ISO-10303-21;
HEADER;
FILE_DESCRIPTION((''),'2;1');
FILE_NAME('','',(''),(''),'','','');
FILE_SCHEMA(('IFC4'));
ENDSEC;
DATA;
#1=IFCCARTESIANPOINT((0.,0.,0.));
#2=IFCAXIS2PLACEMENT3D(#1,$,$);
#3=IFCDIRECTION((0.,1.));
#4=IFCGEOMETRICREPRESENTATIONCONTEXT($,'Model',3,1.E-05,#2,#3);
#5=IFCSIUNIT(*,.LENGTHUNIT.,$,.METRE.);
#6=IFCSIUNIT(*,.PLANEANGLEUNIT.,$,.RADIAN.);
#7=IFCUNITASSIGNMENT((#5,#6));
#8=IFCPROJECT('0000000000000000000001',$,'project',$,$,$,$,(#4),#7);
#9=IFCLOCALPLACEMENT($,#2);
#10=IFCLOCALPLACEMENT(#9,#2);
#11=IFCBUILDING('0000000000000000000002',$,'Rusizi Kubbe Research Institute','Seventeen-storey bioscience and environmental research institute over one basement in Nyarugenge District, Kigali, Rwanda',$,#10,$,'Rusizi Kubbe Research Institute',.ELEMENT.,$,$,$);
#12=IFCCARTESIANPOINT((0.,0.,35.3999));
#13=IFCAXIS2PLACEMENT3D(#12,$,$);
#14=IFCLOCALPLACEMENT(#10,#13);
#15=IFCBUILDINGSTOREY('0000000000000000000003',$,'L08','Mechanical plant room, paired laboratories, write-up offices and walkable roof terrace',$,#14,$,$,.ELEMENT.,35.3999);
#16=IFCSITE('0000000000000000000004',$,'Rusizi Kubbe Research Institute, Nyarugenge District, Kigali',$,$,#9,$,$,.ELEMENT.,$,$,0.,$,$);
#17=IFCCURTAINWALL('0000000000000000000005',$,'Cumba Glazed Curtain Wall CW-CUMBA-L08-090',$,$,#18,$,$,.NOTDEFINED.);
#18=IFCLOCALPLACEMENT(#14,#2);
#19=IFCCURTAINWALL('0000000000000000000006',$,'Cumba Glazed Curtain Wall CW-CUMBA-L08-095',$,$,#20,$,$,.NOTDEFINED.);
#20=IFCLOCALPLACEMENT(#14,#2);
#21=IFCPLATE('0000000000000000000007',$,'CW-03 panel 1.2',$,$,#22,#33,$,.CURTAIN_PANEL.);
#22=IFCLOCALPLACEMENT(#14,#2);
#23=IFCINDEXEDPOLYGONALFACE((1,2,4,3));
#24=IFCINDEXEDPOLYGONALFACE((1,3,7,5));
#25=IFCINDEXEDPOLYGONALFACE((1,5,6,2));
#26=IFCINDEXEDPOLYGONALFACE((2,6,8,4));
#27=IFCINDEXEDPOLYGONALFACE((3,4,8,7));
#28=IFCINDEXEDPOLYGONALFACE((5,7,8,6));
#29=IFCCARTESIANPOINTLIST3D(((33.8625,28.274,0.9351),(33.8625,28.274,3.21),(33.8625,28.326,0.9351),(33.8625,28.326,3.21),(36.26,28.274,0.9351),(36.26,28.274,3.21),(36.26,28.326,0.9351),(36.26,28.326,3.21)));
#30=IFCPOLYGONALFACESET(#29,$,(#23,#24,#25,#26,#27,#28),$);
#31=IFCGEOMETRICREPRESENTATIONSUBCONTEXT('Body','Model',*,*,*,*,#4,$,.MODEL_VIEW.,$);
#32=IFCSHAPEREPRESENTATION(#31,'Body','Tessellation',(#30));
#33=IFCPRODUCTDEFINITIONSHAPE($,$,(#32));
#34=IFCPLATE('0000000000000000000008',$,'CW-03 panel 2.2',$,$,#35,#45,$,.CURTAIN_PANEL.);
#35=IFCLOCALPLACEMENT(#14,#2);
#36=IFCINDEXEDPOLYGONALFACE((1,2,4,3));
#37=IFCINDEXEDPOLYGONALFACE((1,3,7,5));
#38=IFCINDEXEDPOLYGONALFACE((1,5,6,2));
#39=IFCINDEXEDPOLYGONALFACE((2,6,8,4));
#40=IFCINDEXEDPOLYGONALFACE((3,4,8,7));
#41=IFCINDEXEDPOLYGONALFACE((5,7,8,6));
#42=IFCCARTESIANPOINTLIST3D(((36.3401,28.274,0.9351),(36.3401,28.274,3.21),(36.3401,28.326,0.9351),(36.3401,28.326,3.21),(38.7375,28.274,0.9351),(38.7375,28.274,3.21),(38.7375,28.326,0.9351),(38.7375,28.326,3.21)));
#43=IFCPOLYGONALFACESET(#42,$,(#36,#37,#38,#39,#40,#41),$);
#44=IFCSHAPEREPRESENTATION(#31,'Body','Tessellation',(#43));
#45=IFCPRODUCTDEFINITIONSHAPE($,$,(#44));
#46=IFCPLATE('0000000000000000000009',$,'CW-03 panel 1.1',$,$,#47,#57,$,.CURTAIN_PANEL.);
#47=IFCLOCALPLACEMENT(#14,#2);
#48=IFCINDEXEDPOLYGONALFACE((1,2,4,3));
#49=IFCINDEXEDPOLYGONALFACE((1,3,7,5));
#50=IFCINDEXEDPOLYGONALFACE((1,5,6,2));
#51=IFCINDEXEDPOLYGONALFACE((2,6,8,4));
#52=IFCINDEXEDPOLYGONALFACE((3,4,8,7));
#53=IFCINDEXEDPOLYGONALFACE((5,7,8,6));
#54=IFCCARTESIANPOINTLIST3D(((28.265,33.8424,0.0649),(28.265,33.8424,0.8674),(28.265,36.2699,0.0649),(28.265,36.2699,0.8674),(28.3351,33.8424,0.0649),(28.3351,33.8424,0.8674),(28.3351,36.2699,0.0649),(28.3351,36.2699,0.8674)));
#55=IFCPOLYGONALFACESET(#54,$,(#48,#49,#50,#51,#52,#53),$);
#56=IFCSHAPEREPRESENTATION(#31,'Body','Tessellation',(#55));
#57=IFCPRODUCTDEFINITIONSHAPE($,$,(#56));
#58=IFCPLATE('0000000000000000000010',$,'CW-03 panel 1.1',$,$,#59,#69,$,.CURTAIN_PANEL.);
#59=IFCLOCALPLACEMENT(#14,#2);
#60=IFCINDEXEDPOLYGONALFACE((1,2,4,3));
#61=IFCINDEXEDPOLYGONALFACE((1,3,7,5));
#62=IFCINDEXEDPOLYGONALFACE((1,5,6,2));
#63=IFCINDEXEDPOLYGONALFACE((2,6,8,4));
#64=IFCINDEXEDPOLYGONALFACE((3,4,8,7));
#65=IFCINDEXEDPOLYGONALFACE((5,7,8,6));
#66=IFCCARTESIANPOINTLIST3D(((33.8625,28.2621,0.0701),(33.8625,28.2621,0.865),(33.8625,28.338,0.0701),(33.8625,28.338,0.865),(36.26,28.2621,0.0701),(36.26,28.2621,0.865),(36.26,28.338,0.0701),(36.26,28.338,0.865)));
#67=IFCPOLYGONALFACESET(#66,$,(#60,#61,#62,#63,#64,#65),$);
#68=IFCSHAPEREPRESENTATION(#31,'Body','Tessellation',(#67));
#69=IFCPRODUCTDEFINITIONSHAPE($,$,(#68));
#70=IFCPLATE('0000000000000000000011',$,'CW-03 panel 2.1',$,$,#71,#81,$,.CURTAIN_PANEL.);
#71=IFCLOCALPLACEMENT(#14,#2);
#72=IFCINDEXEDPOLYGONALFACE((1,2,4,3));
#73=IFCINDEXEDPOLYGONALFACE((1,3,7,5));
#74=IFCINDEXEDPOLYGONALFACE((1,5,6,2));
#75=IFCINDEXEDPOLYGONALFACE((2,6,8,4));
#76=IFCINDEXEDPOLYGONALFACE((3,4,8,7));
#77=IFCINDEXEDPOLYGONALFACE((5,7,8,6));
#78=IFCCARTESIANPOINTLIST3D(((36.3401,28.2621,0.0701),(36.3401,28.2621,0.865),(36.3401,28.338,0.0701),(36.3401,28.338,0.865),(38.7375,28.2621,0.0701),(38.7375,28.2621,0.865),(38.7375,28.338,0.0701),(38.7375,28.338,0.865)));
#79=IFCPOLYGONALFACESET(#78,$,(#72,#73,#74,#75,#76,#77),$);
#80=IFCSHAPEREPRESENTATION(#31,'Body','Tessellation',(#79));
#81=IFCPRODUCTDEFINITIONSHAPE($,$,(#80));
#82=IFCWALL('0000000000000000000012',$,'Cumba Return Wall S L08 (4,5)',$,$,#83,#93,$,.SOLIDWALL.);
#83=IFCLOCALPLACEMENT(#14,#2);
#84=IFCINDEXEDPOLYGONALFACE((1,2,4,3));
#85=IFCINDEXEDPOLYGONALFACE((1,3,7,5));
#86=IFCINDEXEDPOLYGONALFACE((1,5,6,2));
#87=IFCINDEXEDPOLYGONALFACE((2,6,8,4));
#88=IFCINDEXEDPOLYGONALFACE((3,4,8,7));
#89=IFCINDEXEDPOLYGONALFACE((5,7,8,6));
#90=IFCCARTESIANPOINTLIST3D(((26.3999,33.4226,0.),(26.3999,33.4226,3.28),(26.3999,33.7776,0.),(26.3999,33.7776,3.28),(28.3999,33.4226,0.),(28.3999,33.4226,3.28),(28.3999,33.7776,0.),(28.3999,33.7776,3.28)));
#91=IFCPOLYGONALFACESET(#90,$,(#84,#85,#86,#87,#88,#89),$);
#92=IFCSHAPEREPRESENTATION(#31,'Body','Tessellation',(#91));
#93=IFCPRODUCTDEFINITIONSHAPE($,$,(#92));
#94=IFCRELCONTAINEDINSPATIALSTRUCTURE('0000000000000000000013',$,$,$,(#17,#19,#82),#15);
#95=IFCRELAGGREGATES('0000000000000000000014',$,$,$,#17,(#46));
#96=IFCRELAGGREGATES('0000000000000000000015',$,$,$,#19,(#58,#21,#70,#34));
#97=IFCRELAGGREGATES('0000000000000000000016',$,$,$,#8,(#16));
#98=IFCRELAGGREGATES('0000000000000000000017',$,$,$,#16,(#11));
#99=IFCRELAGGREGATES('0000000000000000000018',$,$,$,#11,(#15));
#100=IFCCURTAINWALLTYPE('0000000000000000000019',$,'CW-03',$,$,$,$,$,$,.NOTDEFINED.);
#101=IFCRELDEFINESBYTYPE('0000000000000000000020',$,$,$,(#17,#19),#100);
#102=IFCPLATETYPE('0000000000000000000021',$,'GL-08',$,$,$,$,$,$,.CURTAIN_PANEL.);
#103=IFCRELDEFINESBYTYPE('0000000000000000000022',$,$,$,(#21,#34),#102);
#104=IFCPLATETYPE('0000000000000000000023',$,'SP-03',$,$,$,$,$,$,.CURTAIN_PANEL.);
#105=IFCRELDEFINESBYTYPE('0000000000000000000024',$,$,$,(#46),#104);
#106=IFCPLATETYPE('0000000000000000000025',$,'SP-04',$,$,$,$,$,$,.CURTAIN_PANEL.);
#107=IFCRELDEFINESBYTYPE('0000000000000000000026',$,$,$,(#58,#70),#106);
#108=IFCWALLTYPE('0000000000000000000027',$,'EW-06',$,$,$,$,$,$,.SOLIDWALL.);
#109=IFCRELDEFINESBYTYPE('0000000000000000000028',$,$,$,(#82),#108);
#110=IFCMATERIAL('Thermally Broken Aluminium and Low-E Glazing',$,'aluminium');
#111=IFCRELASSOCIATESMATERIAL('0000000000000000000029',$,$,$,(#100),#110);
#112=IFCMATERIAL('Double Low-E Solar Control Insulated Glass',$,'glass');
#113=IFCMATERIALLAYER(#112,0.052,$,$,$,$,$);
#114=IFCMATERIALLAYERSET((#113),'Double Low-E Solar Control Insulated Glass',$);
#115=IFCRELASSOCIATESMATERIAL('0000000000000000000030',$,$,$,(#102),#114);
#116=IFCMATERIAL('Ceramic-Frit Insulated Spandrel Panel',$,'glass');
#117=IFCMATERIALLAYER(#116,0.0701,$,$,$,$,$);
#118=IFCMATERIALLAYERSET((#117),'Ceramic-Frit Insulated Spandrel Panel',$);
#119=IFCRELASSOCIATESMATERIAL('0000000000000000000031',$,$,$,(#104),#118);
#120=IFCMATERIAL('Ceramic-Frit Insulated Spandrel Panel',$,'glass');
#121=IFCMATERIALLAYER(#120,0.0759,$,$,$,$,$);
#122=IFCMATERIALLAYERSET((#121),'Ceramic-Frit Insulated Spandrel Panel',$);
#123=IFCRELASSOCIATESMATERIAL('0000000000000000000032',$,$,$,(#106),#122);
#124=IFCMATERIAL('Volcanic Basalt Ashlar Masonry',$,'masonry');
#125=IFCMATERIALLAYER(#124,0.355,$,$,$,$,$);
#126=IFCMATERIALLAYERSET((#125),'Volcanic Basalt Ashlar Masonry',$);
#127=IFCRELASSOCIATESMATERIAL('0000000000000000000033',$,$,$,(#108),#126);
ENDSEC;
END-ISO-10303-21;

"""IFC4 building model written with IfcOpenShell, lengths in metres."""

from ifc_helpers import new_model, si_unit, direction, frame, frame_2d, origin, origin_2d, place, context, subcontext, project, spatial, rectangle, extrude, material, layer, layer_set, type_object, element, aggregate, save


model = new_model("IFC4")

# Units and contexts
model_context = context("Model", 3, precision=1e-05, world=origin(), true_north=direction((0.0, 1.0)))
body_context = subcontext(model_context, "Body", "Model", "MODEL_VIEW")
ifc_project = project(units=[si_unit("LENGTHUNIT", "METRE"), si_unit("PLANEANGLEUNIT", "RADIAN")], contexts=[model_context])

# Site, building, storey
site_placement = place(None, origin())
site = spatial("IfcSite", under=ifc_project, at=site_placement, Name="Rusizi Kubbe Research Institute, Nyarugenge District, Kigali", CompositionType="ELEMENT", RefElevation=0.0)
building_placement = place(site_placement, origin())
building = spatial("IfcBuilding", under=site, at=building_placement, Name="Rusizi Kubbe Research Institute", Description="Seventeen-storey bioscience and environmental research institute over one basement in Nyarugenge District, Kigali, Rwanda", LongName="Rusizi Kubbe Research Institute", CompositionType="ELEMENT")
storey_placement = place(building_placement, frame((0.0, 0.0, 35.3999)))
storey = spatial("IfcBuildingStorey", under=building, at=storey_placement, Name="L08", Description="Mechanical plant room, paired laboratories, write-up offices and walkable roof terrace", CompositionType="ELEMENT", Elevation=35.3999)

# Curtain walls
ifc_material_1 = material(Name="Thermally Broken Aluminium and Low-E Glazing", Category="aluminium")
curtain_wall_type = type_object("IfcCurtainWallType", Name="CW-03", PredefinedType="NOTDEFINED", material=ifc_material_1)
curtain_wall_1_placement = place(storey_placement, origin())
curtain_wall_1 = element("IfcCurtainWall", 1, at=curtain_wall_1_placement, inside=storey, type_object=curtain_wall_type, Name="Cumba Glazed Curtain Wall CW-CUMBA-L08-090", PredefinedType="NOTDEFINED")
curtain_wall_2_placement = place(storey_placement, origin())
curtain_wall_2 = element("IfcCurtainWall", 2, at=curtain_wall_2_placement, inside=storey, type_object=curtain_wall_type, Name="Cumba Glazed Curtain Wall CW-CUMBA-L08-095", PredefinedType="NOTDEFINED")

# Plates
ifc_material_2 = material(Name="Double Low-E Solar Control Insulated Glass", Category="glass")
ifc_layer_1 = layer(ifc_material_2, 0.052)
ifc_layer_set_1 = layer_set([ifc_layer_1], Name="Double Low-E Solar Control Insulated Glass")
plate_type_1 = type_object("IfcPlateType", Name="GL-08", PredefinedType="CURTAIN_PANEL", material=ifc_layer_set_1)
plate_1_placement = place(storey_placement, frame((35.0613, 28.3, 0.9351), z_axis=(0.0, 0.0, 1.0), x_axis=(1.0, 0.0, 0.0)))
plate_1 = element("IfcPlate", 3, at=plate_1_placement, type_object=plate_type_1, Name="CW-03 panel 1.2", PredefinedType="CURTAIN_PANEL", context=body_context, shape_type="SweptSolid", body=[
    extrude(rectangle(XDim=2.3975, YDim=0.052, at=origin_2d()), origin(), (0.0, 0.0, 1.0), 2.2749),
])
plate_2_placement = place(storey_placement, frame((37.5388, 28.3, 0.9351), z_axis=(0.0, 0.0, 1.0), x_axis=(1.0, 0.0, 0.0)))
plate_2 = element("IfcPlate", 4, at=plate_2_placement, type_object=plate_type_1, Name="CW-03 panel 2.2", PredefinedType="CURTAIN_PANEL", context=body_context, shape_type="SweptSolid", body=[
    extrude(rectangle(XDim=2.3975, YDim=0.052, at=origin_2d()), origin(), (0.0, 0.0, 1.0), 2.2749),
])
ifc_material_3 = material(Name="Ceramic-Frit Insulated Spandrel Panel", Category="glass")
ifc_layer_2 = layer(ifc_material_3, 0.0701)
ifc_layer_set_2 = layer_set([ifc_layer_2], Name="Ceramic-Frit Insulated Spandrel Panel")
plate_type_2 = type_object("IfcPlateType", Name="SP-03", PredefinedType="CURTAIN_PANEL", material=ifc_layer_set_2)
plate_3_placement = place(storey_placement, frame((28.3, 35.0562, 0.0649), z_axis=(0.0, 0.0, 1.0), x_axis=(0.0, 1.0, 0.0)))
plate_3 = element("IfcPlate", 5, at=plate_3_placement, type_object=plate_type_2, Name="CW-03 panel 1.1", PredefinedType="CURTAIN_PANEL", context=body_context, shape_type="SweptSolid", body=[
    extrude(rectangle(XDim=2.4275, YDim=0.0701, at=origin_2d()), origin(), (0.0, 0.0, 1.0), 0.8025),
])
aggregate(curtain_wall_1, [plate_3])
ifc_material_4 = material(Name="Ceramic-Frit Insulated Spandrel Panel", Category="glass")
ifc_layer_3 = layer(ifc_material_4, 0.0759)
ifc_layer_set_3 = layer_set([ifc_layer_3], Name="Ceramic-Frit Insulated Spandrel Panel")
plate_type_3 = type_object("IfcPlateType", Name="SP-04", PredefinedType="CURTAIN_PANEL", material=ifc_layer_set_3)
plate_4_placement = place(storey_placement, frame((35.0613, 28.3, 0.0701), z_axis=(0.0, 0.0, 1.0), x_axis=(1.0, 0.0, 0.0)))
plate_4 = element("IfcPlate", 6, at=plate_4_placement, type_object=plate_type_3, Name="CW-03 panel 1.1", PredefinedType="CURTAIN_PANEL", context=body_context, shape_type="SweptSolid", body=[
    extrude(rectangle(XDim=2.3975, YDim=0.0759, at=origin_2d()), origin(), (0.0, 0.0, 1.0), 0.7949),
])
plate_5_placement = place(storey_placement, frame((37.5388, 28.3, 0.0701), z_axis=(0.0, 0.0, 1.0), x_axis=(1.0, 0.0, 0.0)))
plate_5 = element("IfcPlate", 7, at=plate_5_placement, type_object=plate_type_3, Name="CW-03 panel 2.1", PredefinedType="CURTAIN_PANEL", context=body_context, shape_type="SweptSolid", body=[
    extrude(rectangle(XDim=2.3975, YDim=0.0759, at=origin_2d()), origin(), (0.0, 0.0, 1.0), 0.7949),
])
aggregate(curtain_wall_2, [plate_4, plate_1, plate_5, plate_2])

# Wall
ifc_material_5 = material(Name="Volcanic Basalt Ashlar Masonry", Category="masonry")
ifc_layer_4 = layer(ifc_material_5, 0.355)
ifc_layer_set_4 = layer_set([ifc_layer_4], Name="Volcanic Basalt Ashlar Masonry")
wall_type = type_object("IfcWallType", Name="EW-06", PredefinedType="SOLIDWALL", material=ifc_layer_set_4)
wall_placement = place(storey_placement, frame((26.3999, 33.6001, 0.0), z_axis=(0.0, 0.0, 1.0), x_axis=(1.0, 0.0, 0.0)))
element("IfcWall", 8, at=wall_placement, inside=storey, type_object=wall_type, Name="Cumba Return Wall S L08 (4,5)", PredefinedType="SOLIDWALL", context=body_context, shape_type="SweptSolid", body=[
    extrude(rectangle(XDim=2.0, YDim=0.355, at=frame_2d((1.0, 0.0))), origin(), (0.0, 0.0, 1.0), 3.28),
])

save(model, "model.ifc")
